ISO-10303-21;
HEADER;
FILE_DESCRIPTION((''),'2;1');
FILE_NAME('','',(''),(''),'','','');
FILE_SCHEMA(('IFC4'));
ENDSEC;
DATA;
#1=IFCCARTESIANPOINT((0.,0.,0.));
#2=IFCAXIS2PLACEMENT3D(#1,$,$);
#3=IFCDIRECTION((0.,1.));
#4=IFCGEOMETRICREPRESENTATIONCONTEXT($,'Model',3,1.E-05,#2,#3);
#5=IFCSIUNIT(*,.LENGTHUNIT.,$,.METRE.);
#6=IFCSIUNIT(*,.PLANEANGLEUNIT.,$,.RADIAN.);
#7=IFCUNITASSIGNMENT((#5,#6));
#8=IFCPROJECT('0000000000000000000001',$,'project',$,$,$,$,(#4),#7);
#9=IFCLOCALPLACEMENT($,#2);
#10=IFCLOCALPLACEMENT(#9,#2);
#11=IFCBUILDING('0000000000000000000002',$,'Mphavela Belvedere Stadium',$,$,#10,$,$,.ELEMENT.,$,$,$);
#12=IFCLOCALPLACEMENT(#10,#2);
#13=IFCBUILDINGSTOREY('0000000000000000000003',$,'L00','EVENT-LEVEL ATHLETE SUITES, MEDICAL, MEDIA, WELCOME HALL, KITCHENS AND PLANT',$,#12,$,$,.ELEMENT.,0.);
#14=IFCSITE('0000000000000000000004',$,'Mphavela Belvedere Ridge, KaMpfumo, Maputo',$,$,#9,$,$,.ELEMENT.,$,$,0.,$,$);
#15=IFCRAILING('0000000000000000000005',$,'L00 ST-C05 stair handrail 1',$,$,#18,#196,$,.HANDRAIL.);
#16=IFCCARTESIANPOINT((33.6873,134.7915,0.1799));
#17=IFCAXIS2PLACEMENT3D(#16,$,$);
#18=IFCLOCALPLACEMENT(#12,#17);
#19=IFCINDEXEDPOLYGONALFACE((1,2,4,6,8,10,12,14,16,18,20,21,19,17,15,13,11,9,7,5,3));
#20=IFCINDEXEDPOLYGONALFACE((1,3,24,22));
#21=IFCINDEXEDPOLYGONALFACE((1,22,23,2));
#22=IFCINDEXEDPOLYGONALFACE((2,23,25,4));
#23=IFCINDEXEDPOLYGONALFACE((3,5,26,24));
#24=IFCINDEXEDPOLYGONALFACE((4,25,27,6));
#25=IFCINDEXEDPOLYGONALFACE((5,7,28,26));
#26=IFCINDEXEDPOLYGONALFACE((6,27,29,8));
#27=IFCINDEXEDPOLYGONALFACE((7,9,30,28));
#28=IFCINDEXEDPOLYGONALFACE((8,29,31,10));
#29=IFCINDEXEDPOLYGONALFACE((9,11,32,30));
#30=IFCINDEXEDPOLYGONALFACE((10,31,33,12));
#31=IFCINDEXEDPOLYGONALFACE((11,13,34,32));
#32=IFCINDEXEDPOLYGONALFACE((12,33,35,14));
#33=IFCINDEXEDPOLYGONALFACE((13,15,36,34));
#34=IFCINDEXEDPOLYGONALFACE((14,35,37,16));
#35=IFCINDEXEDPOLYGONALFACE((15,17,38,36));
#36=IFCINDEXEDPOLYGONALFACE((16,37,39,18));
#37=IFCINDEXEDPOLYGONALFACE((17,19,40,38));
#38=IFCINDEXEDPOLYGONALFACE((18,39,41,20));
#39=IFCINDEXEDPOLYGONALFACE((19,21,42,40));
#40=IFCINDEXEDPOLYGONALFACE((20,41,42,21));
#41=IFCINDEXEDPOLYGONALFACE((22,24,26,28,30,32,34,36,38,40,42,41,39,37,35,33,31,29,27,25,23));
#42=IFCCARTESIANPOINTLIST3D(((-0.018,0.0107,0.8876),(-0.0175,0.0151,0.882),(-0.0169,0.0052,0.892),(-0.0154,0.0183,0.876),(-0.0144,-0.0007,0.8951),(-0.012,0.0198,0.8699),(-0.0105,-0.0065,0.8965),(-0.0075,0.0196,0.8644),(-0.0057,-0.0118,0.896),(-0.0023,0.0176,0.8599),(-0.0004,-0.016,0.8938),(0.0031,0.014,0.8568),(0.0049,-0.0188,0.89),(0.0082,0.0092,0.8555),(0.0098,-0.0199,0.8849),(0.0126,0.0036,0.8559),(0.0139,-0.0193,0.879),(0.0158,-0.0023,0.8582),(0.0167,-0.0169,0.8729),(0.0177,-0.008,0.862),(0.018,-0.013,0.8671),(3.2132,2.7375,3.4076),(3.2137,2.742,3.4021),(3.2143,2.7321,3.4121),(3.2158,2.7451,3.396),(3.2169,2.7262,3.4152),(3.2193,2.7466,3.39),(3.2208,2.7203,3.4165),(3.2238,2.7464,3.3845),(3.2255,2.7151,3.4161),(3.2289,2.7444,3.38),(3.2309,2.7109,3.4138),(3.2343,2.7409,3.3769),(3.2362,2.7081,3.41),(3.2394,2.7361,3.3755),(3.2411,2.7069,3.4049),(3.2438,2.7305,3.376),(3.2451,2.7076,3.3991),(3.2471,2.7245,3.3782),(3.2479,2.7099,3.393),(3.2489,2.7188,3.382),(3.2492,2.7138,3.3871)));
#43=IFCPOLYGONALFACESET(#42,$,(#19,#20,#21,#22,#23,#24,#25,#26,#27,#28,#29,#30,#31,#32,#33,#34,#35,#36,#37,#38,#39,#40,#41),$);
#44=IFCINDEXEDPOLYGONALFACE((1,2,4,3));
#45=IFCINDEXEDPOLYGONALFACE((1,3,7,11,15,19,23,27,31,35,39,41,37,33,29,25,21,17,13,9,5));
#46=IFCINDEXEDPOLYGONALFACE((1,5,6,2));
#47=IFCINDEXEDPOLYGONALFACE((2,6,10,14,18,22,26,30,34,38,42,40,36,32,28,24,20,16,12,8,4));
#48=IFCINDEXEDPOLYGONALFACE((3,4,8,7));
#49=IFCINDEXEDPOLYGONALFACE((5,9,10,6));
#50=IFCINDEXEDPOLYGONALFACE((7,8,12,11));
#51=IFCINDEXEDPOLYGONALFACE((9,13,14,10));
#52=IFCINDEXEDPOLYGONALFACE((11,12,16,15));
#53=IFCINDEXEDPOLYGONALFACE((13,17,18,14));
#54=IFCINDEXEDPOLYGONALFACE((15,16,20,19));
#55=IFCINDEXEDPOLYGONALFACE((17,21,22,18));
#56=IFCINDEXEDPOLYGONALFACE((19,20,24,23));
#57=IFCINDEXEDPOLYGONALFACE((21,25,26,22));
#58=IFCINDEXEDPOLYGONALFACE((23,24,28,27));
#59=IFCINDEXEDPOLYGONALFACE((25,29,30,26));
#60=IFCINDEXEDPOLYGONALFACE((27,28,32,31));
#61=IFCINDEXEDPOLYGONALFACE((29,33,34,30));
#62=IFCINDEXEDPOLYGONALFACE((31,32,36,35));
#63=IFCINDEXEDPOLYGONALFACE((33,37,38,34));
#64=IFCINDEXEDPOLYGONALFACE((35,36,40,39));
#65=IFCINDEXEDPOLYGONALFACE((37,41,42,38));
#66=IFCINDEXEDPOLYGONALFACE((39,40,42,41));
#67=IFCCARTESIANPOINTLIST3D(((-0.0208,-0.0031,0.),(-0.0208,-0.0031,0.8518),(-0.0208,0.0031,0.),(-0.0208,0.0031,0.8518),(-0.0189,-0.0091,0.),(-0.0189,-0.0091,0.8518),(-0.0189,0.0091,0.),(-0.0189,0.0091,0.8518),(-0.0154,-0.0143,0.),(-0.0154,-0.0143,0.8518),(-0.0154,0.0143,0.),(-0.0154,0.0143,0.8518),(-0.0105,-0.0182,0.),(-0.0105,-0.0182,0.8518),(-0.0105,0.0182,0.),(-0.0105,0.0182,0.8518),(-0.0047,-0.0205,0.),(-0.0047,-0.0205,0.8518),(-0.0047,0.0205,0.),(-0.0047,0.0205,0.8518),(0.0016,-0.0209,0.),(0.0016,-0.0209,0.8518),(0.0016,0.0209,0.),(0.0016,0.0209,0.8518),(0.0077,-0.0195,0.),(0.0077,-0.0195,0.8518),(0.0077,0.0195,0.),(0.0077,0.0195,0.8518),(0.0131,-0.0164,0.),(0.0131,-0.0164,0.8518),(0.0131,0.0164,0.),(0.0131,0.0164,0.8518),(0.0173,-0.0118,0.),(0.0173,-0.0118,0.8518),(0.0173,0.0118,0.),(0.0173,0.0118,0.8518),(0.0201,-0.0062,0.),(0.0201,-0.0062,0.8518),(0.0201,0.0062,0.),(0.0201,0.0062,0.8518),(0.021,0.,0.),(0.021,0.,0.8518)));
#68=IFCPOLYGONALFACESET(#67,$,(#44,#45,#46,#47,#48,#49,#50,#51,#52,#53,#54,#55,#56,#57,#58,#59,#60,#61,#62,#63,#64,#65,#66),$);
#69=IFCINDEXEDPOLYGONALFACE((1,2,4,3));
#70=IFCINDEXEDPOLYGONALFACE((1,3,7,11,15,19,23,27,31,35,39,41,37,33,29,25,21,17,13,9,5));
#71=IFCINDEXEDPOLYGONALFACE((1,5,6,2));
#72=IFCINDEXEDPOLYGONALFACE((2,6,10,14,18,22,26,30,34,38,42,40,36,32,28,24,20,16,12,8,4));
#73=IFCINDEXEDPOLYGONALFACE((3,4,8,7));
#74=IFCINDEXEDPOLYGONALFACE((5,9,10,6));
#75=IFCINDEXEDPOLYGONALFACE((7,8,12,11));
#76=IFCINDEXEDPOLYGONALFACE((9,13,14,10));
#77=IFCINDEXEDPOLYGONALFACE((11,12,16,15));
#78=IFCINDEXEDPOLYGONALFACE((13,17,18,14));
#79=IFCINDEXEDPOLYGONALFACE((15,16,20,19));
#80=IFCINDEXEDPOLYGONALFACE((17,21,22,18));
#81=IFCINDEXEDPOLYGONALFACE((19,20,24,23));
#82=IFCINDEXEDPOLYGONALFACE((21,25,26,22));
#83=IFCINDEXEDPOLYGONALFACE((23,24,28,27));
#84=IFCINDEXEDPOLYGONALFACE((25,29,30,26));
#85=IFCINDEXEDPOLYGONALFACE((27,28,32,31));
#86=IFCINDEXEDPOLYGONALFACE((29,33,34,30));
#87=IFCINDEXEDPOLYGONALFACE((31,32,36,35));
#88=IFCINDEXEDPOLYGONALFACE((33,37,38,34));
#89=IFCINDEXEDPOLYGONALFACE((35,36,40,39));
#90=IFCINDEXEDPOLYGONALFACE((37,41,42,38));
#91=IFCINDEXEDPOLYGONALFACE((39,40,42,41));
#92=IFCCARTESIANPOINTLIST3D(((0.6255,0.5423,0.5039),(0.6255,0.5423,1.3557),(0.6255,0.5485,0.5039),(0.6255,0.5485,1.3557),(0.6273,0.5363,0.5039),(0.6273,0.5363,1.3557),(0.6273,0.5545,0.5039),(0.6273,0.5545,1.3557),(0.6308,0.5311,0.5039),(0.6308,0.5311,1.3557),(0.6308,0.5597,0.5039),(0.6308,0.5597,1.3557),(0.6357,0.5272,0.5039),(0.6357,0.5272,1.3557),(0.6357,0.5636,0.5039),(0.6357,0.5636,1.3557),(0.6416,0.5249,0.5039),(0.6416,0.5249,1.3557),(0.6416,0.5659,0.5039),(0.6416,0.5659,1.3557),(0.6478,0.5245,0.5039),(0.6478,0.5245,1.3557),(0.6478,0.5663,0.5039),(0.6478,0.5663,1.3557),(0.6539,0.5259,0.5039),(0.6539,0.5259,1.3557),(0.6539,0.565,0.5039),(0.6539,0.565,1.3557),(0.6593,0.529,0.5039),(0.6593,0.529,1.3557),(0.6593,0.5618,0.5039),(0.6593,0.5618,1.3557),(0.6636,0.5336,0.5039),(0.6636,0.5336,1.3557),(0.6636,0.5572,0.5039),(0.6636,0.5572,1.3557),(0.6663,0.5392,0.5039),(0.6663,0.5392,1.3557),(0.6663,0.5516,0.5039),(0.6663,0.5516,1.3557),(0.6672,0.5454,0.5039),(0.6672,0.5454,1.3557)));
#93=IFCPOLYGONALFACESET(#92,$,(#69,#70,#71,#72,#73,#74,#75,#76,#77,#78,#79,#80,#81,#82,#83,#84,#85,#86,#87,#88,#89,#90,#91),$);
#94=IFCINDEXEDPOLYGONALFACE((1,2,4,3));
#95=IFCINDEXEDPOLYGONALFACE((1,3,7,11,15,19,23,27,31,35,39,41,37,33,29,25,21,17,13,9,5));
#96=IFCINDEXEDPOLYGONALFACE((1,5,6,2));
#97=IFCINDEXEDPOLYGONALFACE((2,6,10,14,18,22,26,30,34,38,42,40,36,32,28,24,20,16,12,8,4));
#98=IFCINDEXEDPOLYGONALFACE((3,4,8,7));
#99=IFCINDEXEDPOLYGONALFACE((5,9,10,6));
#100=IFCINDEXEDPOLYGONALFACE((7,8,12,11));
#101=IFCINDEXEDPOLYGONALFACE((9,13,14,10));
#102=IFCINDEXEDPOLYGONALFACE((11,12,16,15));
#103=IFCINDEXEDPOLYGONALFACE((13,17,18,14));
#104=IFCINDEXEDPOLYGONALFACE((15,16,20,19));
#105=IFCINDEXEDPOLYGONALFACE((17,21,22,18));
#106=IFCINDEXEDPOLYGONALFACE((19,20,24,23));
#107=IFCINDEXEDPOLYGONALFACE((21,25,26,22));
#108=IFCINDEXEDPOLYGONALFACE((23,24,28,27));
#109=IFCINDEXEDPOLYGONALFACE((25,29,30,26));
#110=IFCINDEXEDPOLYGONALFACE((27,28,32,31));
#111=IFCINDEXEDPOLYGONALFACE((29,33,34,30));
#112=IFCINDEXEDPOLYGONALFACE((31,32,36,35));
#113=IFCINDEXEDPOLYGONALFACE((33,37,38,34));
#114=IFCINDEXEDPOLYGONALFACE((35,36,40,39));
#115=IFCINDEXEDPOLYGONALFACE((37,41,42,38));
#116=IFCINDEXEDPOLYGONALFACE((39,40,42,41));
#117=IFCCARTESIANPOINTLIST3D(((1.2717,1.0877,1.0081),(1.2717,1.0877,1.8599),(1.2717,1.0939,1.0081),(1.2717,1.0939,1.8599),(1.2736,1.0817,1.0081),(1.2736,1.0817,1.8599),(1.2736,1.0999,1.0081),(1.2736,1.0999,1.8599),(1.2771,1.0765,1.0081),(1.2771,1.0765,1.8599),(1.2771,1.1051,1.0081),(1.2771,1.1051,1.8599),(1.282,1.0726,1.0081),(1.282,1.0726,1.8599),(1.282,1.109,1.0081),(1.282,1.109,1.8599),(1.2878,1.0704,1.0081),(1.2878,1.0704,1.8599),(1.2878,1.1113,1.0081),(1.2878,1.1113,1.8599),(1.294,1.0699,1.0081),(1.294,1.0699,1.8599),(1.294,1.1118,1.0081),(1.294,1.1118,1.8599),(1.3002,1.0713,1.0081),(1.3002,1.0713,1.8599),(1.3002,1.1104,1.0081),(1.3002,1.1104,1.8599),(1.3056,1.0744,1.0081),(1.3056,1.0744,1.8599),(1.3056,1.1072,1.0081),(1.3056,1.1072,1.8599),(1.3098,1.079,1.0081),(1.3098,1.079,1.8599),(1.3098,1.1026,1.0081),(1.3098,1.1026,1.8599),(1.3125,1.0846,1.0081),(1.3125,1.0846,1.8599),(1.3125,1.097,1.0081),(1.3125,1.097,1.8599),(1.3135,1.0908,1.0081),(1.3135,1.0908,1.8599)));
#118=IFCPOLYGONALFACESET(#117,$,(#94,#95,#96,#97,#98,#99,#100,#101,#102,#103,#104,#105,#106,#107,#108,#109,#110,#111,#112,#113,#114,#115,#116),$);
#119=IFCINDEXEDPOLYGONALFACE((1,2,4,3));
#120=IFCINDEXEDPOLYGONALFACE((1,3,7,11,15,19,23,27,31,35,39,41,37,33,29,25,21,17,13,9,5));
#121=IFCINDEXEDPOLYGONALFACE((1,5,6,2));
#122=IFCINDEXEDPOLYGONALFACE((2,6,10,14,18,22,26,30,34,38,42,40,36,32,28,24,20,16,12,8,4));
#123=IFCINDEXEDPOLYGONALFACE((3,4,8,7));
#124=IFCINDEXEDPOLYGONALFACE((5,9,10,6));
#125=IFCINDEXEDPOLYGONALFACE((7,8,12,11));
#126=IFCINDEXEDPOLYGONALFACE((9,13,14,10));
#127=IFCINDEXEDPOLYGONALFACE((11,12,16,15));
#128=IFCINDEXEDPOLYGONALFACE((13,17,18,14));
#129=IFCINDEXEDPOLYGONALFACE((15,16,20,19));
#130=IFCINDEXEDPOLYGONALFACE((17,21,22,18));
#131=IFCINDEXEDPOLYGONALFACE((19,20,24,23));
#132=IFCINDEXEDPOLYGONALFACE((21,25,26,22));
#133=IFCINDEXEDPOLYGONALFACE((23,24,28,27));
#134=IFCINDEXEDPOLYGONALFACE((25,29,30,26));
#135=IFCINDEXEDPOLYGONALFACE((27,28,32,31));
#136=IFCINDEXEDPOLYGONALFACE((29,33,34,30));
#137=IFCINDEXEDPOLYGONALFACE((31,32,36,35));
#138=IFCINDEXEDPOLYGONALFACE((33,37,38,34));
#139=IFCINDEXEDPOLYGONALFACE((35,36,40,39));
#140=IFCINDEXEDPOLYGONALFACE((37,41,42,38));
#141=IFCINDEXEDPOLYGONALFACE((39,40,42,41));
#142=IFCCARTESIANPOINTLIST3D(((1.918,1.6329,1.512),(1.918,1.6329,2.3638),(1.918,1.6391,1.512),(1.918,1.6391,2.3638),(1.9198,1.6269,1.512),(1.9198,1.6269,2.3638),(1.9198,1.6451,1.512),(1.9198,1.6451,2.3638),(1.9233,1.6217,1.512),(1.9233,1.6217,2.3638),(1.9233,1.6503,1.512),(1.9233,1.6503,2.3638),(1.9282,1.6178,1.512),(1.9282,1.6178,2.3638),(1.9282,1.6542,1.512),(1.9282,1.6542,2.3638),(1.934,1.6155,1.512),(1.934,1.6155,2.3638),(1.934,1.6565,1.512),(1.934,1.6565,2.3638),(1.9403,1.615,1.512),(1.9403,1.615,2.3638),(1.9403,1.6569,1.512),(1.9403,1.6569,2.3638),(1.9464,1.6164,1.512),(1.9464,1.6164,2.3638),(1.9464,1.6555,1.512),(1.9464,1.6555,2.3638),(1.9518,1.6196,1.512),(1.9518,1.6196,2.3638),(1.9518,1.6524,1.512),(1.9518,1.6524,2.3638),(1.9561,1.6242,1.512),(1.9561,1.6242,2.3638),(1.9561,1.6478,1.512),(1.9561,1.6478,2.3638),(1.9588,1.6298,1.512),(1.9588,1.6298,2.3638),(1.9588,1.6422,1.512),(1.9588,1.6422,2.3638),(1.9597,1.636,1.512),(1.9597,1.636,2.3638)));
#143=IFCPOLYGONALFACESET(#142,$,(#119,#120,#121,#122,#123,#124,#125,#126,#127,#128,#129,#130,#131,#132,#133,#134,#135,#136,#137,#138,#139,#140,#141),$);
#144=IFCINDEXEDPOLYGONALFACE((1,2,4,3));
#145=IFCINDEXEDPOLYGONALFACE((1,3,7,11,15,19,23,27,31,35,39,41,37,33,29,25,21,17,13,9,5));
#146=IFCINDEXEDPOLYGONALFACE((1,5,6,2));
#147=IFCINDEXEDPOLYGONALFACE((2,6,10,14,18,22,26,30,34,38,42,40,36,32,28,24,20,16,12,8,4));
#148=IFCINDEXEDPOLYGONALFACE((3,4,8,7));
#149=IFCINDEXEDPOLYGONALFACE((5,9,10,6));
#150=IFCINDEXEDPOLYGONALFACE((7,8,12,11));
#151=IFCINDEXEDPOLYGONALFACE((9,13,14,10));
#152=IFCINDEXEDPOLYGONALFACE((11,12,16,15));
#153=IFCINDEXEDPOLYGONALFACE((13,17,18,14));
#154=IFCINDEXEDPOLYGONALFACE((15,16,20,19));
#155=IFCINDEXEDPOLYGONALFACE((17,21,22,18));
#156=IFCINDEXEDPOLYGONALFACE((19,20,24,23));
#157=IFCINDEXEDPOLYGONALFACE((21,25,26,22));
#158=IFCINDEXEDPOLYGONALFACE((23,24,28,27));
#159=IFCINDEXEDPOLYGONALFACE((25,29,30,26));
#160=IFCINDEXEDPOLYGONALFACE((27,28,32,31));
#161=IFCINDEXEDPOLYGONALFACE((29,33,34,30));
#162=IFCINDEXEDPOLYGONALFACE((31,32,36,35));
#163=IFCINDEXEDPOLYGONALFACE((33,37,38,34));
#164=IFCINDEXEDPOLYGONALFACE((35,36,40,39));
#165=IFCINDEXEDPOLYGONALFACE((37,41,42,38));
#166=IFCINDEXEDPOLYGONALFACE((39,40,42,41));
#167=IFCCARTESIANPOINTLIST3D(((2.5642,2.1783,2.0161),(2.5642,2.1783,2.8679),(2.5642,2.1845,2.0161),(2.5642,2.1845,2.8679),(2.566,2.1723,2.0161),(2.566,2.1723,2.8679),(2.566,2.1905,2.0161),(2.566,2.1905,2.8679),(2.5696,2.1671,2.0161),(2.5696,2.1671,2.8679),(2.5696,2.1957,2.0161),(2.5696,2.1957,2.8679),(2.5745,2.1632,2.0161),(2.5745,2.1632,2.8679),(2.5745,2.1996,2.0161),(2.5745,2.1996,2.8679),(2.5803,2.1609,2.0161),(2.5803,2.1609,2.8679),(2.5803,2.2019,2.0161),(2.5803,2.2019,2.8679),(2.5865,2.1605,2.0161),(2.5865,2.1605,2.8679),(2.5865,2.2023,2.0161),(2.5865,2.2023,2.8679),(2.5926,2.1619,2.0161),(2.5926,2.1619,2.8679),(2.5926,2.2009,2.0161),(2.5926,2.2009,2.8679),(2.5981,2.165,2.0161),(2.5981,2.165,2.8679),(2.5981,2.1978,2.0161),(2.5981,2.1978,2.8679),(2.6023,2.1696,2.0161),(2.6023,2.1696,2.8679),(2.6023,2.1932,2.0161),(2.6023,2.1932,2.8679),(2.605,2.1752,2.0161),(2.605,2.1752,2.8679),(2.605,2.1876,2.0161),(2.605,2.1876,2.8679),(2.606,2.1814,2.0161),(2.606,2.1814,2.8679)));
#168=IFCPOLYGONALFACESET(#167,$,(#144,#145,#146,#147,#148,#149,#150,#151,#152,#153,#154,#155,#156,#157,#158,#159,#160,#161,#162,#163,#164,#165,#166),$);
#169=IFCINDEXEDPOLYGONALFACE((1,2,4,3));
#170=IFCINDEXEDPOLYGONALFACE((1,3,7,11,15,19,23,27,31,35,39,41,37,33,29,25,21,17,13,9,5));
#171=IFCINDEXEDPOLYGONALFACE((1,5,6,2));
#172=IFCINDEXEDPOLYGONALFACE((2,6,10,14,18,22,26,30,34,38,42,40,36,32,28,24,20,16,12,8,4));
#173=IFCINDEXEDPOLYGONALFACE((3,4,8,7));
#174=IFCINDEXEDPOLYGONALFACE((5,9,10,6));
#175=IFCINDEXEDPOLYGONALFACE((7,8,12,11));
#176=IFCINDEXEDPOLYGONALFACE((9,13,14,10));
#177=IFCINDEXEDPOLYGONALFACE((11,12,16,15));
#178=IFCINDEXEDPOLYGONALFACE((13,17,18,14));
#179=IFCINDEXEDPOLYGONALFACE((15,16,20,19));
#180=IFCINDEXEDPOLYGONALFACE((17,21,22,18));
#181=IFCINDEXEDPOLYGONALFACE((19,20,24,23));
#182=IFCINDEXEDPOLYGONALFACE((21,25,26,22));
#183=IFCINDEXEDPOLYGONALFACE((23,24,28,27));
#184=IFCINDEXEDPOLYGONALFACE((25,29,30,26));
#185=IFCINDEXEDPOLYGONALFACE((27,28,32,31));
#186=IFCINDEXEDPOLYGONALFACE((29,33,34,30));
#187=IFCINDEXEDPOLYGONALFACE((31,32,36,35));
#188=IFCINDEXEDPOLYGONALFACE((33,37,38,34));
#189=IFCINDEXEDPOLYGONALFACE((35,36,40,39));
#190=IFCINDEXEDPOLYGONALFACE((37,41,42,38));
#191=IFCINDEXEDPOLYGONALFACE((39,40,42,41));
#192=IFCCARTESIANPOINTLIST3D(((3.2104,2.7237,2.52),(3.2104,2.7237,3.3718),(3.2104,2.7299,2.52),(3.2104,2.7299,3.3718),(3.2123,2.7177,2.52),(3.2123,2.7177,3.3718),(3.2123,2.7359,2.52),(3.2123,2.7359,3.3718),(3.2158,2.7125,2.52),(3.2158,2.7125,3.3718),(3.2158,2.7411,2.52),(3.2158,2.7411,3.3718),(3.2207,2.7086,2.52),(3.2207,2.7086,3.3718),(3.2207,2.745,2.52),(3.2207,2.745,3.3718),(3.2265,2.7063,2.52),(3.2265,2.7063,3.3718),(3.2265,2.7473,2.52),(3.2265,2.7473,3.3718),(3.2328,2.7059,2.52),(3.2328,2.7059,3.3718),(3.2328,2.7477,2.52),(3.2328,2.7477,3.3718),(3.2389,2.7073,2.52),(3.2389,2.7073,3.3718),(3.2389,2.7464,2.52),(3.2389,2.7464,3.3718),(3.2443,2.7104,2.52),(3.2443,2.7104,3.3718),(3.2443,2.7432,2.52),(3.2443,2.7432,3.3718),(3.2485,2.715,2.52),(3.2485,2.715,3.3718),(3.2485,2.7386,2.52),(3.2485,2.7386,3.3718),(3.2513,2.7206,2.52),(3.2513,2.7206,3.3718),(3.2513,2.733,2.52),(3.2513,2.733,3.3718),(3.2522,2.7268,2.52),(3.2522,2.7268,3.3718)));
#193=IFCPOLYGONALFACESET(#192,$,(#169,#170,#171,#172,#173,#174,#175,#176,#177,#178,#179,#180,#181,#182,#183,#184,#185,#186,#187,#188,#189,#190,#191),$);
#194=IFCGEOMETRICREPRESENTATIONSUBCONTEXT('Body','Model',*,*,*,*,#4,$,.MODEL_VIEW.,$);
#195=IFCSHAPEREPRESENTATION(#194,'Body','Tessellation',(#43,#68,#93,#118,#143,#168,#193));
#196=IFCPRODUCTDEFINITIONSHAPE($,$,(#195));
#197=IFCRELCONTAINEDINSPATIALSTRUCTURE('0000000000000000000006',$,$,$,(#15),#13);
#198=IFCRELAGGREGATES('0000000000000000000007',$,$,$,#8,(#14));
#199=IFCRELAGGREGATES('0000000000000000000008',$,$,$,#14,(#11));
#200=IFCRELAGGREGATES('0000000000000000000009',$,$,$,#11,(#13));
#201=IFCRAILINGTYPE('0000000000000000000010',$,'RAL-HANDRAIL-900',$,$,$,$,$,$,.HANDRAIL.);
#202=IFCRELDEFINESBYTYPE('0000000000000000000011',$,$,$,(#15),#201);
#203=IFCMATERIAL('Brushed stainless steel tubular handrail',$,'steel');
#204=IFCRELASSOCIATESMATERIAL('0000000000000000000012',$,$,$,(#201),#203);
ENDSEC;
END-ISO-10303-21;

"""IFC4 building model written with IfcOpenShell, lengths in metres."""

from ifc_helpers import new_model, si_unit, direction, frame, origin, origin_2d, place, context, subcontext, project, spatial, circle, extrude, material, type_object, element, save


model = new_model("IFC4")

# Units and contexts
model_context = context("Model", 3, precision=1e-05, world=origin(), true_north=direction((0.0, 1.0)))
body_context = subcontext(model_context, "Body", "Model", "MODEL_VIEW")
ifc_project = project(units=[si_unit("LENGTHUNIT", "METRE"), si_unit("PLANEANGLEUNIT", "RADIAN")], contexts=[model_context])

# Site, building, storey
site_placement = place(None, origin())
site = spatial("IfcSite", under=ifc_project, at=site_placement, Name="Mphavela Belvedere Ridge, KaMpfumo, Maputo", CompositionType="ELEMENT", RefElevation=0.0)
building_placement = place(site_placement, origin())
building = spatial("IfcBuilding", under=site, at=building_placement, Name="Mphavela Belvedere Stadium", CompositionType="ELEMENT")
storey_placement = place(building_placement, origin())
storey = spatial("IfcBuildingStorey", under=building, at=storey_placement, Name="L00", Description="EVENT-LEVEL ATHLETE SUITES, MEDICAL, MEDIA, WELCOME HALL, KITCHENS AND PLANT", CompositionType="ELEMENT", Elevation=0.0)

# Railing
ifc_material_1 = material(Name="Brushed stainless steel tubular handrail", Category="steel")
railing_type_1 = type_object("IfcRailingType", Name="RAL-HANDRAIL-900", PredefinedType="HANDRAIL", material=ifc_material_1)
railing_1_placement = place(storey_placement, frame((33.6873, 134.7915, 0.1799)))
element("IfcRailing", 1, at=railing_1_placement, inside=storey, type_object=railing_type_1, Name="L00 ST-C05 stair handrail 1", PredefinedType="HANDRAIL", context=body_context, shape_type="SweptSolid", body=[
    extrude(circle(Radius=0.0239, at=origin_2d()), frame((0.0, 0.0, 0.876), z_axis=(0.656474, 0.553997, 0.511985), x_axis=(-0.644937, 0.764235, 0.0)), (0.0, 0.0, 1.0), 4.9221),
    extrude(circle(Radius=0.021, at=origin_2d()), origin(), (0.0, 0.0, 1.0), 0.8518),
    extrude(circle(Radius=0.021, at=origin_2d()), frame((0.6462, 0.5454, 0.5039)), (0.0, 0.0, 1.0), 0.8518),
    extrude(circle(Radius=0.021, at=origin_2d()), frame((1.2925, 1.0908, 1.0081)), (0.0, 0.0, 1.0), 0.8518),
    extrude(circle(Radius=0.021, at=origin_2d()), frame((1.9387, 1.636, 1.512)), (0.0, 0.0, 1.0), 0.8518),
    extrude(circle(Radius=0.021, at=origin_2d()), frame((2.585, 2.1814, 2.0161)), (0.0, 0.0, 1.0), 0.8518),
    extrude(circle(Radius=0.021, at=origin_2d()), frame((3.2312, 2.7268, 2.52)), (0.0, 0.0, 1.0), 0.8518),
])

save(model, "model.ifc")
